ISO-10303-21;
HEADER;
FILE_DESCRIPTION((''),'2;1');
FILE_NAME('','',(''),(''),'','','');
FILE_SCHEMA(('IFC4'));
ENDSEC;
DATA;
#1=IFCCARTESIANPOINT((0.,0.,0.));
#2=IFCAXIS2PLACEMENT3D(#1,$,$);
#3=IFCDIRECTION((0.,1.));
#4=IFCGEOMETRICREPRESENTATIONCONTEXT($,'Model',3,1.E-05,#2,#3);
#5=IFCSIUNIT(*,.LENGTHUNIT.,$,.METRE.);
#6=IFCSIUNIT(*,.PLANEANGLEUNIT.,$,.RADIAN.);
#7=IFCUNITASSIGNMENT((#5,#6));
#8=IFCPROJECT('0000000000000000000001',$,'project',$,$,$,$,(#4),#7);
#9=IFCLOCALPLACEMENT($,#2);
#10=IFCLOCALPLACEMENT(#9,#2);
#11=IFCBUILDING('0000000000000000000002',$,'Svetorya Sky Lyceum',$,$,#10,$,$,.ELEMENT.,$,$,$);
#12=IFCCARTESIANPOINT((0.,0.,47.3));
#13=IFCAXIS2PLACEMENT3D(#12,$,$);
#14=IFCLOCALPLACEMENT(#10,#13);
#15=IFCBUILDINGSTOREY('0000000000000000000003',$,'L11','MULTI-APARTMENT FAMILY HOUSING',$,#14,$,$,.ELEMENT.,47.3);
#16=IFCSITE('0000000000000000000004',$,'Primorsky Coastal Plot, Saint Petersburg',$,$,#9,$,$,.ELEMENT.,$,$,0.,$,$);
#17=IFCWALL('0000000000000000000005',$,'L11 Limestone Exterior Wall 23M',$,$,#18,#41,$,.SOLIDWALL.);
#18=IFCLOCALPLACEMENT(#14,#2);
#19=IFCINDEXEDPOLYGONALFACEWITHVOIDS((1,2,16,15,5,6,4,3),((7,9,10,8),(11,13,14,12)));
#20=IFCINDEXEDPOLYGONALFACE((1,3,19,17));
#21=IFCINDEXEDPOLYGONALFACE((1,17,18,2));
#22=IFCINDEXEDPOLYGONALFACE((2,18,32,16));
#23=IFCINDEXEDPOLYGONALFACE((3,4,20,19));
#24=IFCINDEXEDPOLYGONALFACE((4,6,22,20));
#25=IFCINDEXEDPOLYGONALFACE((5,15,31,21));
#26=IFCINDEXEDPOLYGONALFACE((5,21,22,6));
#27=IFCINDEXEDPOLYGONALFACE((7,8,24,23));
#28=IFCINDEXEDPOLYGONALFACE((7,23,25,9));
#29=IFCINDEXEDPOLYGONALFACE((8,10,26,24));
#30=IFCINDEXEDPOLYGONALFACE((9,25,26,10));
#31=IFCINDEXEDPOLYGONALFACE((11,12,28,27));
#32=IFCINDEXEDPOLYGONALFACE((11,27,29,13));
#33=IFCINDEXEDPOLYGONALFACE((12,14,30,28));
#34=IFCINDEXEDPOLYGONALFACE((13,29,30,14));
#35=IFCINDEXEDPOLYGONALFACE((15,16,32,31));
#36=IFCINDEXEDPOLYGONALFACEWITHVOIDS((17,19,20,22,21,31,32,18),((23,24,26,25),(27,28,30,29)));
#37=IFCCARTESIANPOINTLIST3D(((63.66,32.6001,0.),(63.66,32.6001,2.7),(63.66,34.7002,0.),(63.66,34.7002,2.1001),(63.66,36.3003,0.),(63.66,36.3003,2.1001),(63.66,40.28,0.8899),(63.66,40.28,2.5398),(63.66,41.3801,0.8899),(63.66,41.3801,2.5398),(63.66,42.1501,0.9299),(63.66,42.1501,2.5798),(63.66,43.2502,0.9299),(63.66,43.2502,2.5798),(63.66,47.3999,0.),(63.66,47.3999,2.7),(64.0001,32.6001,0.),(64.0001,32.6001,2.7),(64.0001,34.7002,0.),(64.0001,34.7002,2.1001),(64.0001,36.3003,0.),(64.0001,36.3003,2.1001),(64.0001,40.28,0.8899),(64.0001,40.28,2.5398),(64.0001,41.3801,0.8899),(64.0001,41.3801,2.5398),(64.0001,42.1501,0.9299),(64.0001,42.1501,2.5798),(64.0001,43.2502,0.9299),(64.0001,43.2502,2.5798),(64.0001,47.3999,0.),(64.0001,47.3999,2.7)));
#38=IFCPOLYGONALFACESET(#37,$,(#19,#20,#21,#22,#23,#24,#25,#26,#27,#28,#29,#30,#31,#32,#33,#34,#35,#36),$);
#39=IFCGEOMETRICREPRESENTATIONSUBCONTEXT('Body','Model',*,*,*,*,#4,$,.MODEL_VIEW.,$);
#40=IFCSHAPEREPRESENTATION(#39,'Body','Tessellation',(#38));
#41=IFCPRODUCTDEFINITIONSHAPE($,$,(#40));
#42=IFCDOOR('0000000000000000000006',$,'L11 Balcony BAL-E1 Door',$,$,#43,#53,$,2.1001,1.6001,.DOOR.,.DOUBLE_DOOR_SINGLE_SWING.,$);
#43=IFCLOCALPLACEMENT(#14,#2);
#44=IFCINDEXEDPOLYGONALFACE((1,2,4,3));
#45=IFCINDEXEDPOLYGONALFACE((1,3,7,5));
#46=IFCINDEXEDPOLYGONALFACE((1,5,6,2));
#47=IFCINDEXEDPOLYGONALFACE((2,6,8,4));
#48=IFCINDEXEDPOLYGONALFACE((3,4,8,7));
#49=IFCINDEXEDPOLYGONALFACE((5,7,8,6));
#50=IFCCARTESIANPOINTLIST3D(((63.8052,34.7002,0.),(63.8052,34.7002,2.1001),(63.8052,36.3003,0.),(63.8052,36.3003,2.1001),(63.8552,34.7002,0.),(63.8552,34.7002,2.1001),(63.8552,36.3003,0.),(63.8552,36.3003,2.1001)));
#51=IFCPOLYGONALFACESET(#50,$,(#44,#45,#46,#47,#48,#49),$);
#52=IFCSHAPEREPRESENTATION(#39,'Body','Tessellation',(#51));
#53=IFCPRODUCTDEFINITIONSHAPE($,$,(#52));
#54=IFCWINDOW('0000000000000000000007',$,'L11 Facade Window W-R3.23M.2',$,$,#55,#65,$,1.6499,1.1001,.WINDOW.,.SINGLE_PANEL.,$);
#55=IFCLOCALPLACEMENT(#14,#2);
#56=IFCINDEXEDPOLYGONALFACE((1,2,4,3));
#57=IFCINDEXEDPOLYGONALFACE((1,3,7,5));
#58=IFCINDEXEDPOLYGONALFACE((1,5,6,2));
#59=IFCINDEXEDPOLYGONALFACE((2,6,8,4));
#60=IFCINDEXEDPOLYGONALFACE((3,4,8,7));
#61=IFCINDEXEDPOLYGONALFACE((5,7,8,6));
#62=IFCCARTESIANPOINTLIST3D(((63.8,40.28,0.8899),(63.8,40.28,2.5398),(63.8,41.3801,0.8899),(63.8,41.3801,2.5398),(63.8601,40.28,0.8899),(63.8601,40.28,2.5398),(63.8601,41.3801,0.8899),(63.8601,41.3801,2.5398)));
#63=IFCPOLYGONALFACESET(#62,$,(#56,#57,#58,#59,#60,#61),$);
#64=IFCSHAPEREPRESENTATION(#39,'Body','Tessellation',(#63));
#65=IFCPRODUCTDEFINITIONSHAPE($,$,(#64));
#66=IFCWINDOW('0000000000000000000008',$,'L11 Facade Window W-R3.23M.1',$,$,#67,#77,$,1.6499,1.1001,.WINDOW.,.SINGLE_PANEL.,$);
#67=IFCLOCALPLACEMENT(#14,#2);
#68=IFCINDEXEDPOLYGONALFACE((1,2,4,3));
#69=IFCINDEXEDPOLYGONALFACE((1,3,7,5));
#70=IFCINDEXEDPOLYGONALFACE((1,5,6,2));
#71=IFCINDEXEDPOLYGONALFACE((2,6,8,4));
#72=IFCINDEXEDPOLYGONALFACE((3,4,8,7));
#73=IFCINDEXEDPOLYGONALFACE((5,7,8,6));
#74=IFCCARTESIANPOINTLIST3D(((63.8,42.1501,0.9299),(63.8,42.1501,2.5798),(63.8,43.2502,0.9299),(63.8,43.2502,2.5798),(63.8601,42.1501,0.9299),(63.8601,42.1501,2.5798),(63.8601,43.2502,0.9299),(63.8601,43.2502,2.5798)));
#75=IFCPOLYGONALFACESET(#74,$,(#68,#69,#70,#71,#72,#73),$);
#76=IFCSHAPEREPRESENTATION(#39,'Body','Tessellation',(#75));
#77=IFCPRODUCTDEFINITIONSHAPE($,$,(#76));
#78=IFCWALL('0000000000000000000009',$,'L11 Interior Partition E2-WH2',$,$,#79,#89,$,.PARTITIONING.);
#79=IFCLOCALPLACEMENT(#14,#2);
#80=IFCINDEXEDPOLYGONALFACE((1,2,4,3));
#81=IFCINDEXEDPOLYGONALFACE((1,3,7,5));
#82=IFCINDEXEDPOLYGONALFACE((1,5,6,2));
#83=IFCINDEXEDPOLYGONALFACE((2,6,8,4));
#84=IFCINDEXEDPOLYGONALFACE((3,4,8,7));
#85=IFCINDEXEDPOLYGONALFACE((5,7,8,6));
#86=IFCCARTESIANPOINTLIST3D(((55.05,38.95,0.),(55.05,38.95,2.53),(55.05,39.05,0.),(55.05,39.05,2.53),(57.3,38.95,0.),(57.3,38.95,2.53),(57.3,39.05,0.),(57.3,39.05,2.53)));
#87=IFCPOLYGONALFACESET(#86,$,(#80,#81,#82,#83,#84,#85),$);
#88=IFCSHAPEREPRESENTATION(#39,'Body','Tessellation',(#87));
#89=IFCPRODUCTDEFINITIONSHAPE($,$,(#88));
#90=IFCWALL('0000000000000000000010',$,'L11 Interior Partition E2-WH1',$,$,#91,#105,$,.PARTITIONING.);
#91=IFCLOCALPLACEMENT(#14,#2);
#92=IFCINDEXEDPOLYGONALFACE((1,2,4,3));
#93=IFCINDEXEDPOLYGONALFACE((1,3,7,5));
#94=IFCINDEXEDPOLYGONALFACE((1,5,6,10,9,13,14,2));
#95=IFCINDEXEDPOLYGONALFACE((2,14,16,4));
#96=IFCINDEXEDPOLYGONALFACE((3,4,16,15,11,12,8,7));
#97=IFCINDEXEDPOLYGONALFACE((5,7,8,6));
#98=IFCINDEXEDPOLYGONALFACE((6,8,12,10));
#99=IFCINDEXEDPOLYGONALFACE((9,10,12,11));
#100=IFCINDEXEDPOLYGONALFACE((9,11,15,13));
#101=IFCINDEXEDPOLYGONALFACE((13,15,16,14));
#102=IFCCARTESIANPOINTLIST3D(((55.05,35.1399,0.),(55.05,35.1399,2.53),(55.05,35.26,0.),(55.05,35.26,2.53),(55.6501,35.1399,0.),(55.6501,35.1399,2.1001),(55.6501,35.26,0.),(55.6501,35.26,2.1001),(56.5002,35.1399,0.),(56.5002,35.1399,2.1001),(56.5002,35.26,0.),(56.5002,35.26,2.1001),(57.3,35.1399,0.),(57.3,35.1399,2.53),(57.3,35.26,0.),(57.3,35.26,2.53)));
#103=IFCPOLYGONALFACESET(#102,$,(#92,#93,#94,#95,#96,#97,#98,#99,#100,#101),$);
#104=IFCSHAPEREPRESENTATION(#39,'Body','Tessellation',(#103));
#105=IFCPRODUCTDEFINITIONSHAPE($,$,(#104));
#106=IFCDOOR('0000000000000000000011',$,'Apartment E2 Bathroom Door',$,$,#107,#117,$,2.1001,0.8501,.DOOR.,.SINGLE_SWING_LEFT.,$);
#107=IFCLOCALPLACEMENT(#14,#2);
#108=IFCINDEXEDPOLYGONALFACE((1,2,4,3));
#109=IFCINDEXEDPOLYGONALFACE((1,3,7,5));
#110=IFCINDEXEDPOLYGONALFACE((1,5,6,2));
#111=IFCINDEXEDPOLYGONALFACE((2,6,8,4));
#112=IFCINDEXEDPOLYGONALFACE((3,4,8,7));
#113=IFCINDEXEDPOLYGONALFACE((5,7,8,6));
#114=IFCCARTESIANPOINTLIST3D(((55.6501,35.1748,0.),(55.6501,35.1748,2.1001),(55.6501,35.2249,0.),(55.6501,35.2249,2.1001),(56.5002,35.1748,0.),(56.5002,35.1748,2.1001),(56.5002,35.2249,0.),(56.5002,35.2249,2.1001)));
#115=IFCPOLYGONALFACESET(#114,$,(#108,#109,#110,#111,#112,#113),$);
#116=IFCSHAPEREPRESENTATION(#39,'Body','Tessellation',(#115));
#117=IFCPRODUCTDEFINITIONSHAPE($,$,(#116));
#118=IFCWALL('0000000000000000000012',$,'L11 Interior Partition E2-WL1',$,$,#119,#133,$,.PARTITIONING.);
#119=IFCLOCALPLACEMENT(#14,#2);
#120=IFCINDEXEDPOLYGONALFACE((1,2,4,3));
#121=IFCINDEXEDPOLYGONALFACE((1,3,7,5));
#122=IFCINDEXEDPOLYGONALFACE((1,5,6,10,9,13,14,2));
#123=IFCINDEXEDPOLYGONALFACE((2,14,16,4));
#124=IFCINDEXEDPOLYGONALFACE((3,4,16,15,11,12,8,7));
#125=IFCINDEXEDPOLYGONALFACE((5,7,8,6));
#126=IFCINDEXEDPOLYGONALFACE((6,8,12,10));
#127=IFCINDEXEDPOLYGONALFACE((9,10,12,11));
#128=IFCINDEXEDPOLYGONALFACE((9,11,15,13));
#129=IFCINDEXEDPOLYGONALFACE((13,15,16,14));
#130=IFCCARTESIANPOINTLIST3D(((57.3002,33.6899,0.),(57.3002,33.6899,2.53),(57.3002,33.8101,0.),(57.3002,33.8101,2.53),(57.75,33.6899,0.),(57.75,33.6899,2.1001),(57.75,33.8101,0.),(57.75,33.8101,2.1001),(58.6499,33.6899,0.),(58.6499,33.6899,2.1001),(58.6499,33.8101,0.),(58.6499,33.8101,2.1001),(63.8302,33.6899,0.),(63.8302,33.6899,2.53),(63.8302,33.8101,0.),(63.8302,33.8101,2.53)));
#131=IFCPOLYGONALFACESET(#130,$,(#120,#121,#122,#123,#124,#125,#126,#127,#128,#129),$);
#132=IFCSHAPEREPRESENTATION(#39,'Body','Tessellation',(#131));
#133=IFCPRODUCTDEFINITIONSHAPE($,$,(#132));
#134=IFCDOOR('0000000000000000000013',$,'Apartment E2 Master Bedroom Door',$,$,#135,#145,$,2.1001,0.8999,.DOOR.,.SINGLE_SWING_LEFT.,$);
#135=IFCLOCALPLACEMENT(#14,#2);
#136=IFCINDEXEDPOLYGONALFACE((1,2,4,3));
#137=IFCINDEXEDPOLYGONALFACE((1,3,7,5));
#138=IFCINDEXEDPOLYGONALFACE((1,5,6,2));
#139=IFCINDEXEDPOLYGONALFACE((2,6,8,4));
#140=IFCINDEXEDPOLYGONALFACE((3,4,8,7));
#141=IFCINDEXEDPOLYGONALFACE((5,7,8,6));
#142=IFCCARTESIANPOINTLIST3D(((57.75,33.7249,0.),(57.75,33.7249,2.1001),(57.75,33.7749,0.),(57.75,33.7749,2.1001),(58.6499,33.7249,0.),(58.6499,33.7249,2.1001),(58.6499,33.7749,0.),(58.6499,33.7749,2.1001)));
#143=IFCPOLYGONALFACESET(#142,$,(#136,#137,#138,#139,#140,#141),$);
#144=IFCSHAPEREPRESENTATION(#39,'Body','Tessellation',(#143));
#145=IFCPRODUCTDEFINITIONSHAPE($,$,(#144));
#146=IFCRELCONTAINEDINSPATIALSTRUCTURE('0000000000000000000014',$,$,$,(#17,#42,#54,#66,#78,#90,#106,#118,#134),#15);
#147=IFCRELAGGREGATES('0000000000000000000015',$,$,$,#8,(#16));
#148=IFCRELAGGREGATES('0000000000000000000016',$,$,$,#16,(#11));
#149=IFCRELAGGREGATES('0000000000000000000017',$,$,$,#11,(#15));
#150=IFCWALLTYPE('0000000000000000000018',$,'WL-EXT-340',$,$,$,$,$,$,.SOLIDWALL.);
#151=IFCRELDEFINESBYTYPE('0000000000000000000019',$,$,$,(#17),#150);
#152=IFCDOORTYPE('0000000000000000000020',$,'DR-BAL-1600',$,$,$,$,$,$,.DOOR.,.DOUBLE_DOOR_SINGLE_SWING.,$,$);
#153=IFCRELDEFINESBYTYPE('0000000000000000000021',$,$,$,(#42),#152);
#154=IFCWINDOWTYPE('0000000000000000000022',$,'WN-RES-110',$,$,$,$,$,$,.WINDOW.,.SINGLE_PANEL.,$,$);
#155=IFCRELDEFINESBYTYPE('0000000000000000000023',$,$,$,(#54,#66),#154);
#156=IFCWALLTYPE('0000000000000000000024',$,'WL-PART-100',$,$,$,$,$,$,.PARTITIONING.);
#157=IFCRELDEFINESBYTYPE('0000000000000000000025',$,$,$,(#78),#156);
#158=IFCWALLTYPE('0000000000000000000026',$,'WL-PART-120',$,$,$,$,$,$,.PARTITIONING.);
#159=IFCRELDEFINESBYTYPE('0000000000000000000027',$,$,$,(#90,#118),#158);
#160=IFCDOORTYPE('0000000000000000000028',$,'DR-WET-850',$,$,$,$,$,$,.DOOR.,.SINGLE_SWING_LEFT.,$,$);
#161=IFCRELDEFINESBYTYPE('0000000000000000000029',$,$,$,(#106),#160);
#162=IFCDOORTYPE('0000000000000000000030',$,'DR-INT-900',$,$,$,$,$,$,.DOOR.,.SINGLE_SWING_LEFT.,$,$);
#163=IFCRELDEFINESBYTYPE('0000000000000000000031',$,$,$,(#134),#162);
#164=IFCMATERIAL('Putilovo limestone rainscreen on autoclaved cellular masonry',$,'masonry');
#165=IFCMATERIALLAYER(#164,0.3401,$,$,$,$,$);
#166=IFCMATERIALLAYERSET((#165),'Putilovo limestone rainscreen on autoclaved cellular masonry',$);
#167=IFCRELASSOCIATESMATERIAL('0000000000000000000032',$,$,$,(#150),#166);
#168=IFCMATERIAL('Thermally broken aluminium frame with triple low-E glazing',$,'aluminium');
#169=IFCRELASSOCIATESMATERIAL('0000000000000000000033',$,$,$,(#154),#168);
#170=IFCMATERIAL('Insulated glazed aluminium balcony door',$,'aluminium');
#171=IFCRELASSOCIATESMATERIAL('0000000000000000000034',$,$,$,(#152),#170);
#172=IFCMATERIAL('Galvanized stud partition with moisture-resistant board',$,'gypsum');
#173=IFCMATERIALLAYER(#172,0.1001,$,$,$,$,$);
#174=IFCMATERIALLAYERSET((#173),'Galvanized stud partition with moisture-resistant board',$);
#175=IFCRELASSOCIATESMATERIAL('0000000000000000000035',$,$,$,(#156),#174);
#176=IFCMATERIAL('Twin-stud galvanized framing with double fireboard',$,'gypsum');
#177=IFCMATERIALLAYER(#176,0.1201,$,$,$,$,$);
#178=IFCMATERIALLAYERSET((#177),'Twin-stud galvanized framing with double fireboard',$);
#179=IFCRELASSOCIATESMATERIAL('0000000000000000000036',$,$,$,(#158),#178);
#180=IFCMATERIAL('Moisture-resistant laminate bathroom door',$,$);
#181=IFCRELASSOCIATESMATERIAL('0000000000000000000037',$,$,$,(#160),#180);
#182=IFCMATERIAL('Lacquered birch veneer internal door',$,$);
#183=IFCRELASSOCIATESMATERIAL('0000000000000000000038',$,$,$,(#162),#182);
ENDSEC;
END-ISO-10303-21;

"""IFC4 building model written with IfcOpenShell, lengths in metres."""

from ifc_helpers import new_model, si_unit, direction, frame, frame_2d, origin, place, context, subcontext, project, spatial, rectangle, extrude, material, layer, layer_set, type_object, element, fill, save


model = new_model("IFC4")

# Units and contexts
model_context = context("Model", 3, precision=1e-05, world=origin(), true_north=direction((0.0, 1.0)))
body_context = subcontext(model_context, "Body", "Model", "MODEL_VIEW")
ifc_project = project(units=[si_unit("LENGTHUNIT", "METRE"), si_unit("PLANEANGLEUNIT", "RADIAN")], contexts=[model_context])

# Site, building, storey
site_placement = place(None, origin())
site = spatial("IfcSite", under=ifc_project, at=site_placement, Name="Primorsky Coastal Plot, Saint Petersburg", CompositionType="ELEMENT", RefElevation=0.0)
building_placement = place(site_placement, origin())
building = spatial("IfcBuilding", under=site, at=building_placement, Name="Svetorya Sky Lyceum", CompositionType="ELEMENT")
storey_placement = place(building_placement, frame((0.0, 0.0, 47.3)))
storey = spatial("IfcBuildingStorey", under=building, at=storey_placement, Name="L11", Description="MULTI-APARTMENT FAMILY HOUSING", CompositionType="ELEMENT", Elevation=47.3)

# Shared definitions
ifc_material_1 = material(Name="Putilovo limestone rainscreen on autoclaved cellular masonry", Category="masonry")
ifc_layer_1 = layer(ifc_material_1, 0.3401)
ifc_layer_set_1 = layer_set([ifc_layer_1], Name="Putilovo limestone rainscreen on autoclaved cellular masonry")
wall_type_1 = type_object("IfcWallType", Name="WL-EXT-340", PredefinedType="SOLIDWALL", material=ifc_layer_set_1)

# Shared definitions
ifc_material_2 = material(Name="Thermally broken aluminium frame with triple low-E glazing", Category="aluminium")
window_type = type_object("IfcWindowType", Name="WN-RES-110", PartitioningType="SINGLE_PANEL", PredefinedType="WINDOW", material=ifc_material_2)

# Wall, openings, door, windows
wall_1_placement = place(storey_placement, frame((63.8301, 32.6001, 0.0), z_axis=(0.0, 0.0, 1.0), x_axis=(0.0, 1.0, 0.0)))
wall_1 = element("IfcWall", 1, at=wall_1_placement, inside=storey, type_object=wall_type_1, Name="L11 Limestone Exterior Wall 23M", PredefinedType="SOLIDWALL", context=body_context, shape_type="SweptSolid", body=[
    extrude(rectangle(XDim=14.7998, YDim=0.3401, at=frame_2d((7.3999, 0.0))), origin(), (0.0, 0.0, 1.0), 2.7),
])
opening_1_placement = place(wall_1_placement, frame((2.1001, 0.0, 0.0)))
opening_1 = element("IfcOpeningElement", 2, at=opening_1_placement, cuts=wall_1, PredefinedType="OPENING", context=body_context, shape_type="SweptSolid", body=[
    extrude(rectangle(XDim=1.6001, YDim=2.1001, at=frame_2d((0.8, 1.05))), frame((0.0, 0.1799, 0.0), z_axis=(0.0, -1.0, 0.0), x_axis=(1.0, 0.0, 0.0)), (0.0, 0.0, 1.0), 0.3601),
])
opening_2_placement = place(wall_1_placement, frame((7.6799, 0.0, 0.8899)))
opening_2 = element("IfcOpeningElement", 3, at=opening_2_placement, cuts=wall_1, PredefinedType="OPENING", context=body_context, shape_type="SweptSolid", body=[
    extrude(rectangle(XDim=1.1001, YDim=1.6499, at=frame_2d((0.55, 0.825))), frame((0.0, 0.1799, 0.0), z_axis=(0.0, -1.0, 0.0), x_axis=(1.0, 0.0, 0.0)), (0.0, 0.0, 1.0), 0.3601),
])
opening_3_placement = place(wall_1_placement, frame((9.55, 0.0, 0.9299)))
opening_3 = element("IfcOpeningElement", 4, at=opening_3_placement, cuts=wall_1, PredefinedType="OPENING", context=body_context, shape_type="SweptSolid", body=[
    extrude(rectangle(XDim=1.1001, YDim=1.6499, at=frame_2d((0.55, 0.825))), frame((0.0, 0.1799, 0.0), z_axis=(0.0, -1.0, 0.0), x_axis=(1.0, 0.0, 0.0)), (0.0, 0.0, 1.0), 0.3601),
])
ifc_material_3 = material(Name="Insulated glazed aluminium balcony door", Category="aluminium")
door_type_1 = type_object("IfcDoorType", Name="DR-BAL-1600", OperationType="DOUBLE_DOOR_SINGLE_SWING", PredefinedType="DOOR", material=ifc_material_3)
door_1_placement = place(opening_1_placement, origin())
door_1 = element("IfcDoor", 5, at=door_1_placement, inside=storey, type_object=door_type_1, Name="L11 Balcony BAL-E1 Door", OperationType="DOUBLE_DOOR_SINGLE_SWING", OverallHeight=2.1001, OverallWidth=1.6001, PredefinedType="DOOR", context=body_context, shape_type="SweptSolid", body=[
    extrude(rectangle(XDim=1.6001, YDim=2.1001, at=frame_2d((0.8, 1.05))), frame((0.0, 0.0249, 0.0), z_axis=(0.0, -1.0, 0.0), x_axis=(1.0, 0.0, 0.0)), (0.0, 0.0, 1.0), 0.05),
])
fill(opening_1, door_1)
window_1_placement = place(opening_2_placement, origin())
window_1 = element("IfcWindow", 6, at=window_1_placement, inside=storey, type_object=window_type, Name="L11 Facade Window W-R3.23M.2", OverallHeight=1.6499, OverallWidth=1.1001, PartitioningType="SINGLE_PANEL", PredefinedType="WINDOW", context=body_context, shape_type="SweptSolid", body=[
    extrude(rectangle(XDim=1.1001, YDim=1.6499, at=frame_2d((0.55, 0.825))), frame((0.0, 0.03, 0.0), z_axis=(0.0, -1.0, 0.0), x_axis=(1.0, 0.0, 0.0)), (0.0, 0.0, 1.0), 0.0601),
])
fill(opening_2, window_1)
window_2_placement = place(opening_3_placement, origin())
window_2 = element("IfcWindow", 7, at=window_2_placement, inside=storey, type_object=window_type, Name="L11 Facade Window W-R3.23M.1", OverallHeight=1.6499, OverallWidth=1.1001, PartitioningType="SINGLE_PANEL", PredefinedType="WINDOW", context=body_context, shape_type="SweptSolid", body=[
    extrude(rectangle(XDim=1.1001, YDim=1.6499, at=frame_2d((0.55, 0.825))), frame((0.0, 0.03, 0.0), z_axis=(0.0, -1.0, 0.0), x_axis=(1.0, 0.0, 0.0)), (0.0, 0.0, 1.0), 0.0601),
])
fill(opening_3, window_2)

# Wall
ifc_material_4 = material(Name="Galvanized stud partition with moisture-resistant board", Category="gypsum")
ifc_layer_2 = layer(ifc_material_4, 0.1001)
ifc_layer_set_2 = layer_set([ifc_layer_2], Name="Galvanized stud partition with moisture-resistant board")
wall_type_2 = type_object("IfcWallType", Name="WL-PART-100", PredefinedType="PARTITIONING", material=ifc_layer_set_2)
wall_2_placement = place(storey_placement, frame((55.05, 39.0, 0.0), z_axis=(0.0, 0.0, 1.0), x_axis=(1.0, 0.0, 0.0)))
element("IfcWall", 8, at=wall_2_placement, inside=storey, type_object=wall_type_2, Name="L11 Interior Partition E2-WH2", PredefinedType="PARTITIONING", context=body_context, shape_type="SweptSolid", body=[
    extrude(rectangle(XDim=2.25, YDim=0.1001, at=frame_2d((1.125, 0.0))), origin(), (0.0, 0.0, 1.0), 2.53),
])

# Walls, openings, doors
ifc_material_5 = material(Name="Twin-stud galvanized framing with double fireboard", Category="gypsum")
ifc_layer_3 = layer(ifc_material_5, 0.1201)
ifc_layer_set_3 = layer_set([ifc_layer_3], Name="Twin-stud galvanized framing with double fireboard")
wall_type_3 = type_object("IfcWallType", Name="WL-PART-120", PredefinedType="PARTITIONING", material=ifc_layer_set_3)
wall_3_placement = place(storey_placement, frame((55.05, 35.2, 0.0), z_axis=(0.0, 0.0, 1.0), x_axis=(1.0, 0.0, 0.0)))
wall_3 = element("IfcWall", 9, at=wall_3_placement, inside=storey, type_object=wall_type_3, Name="L11 Interior Partition E2-WH1", PredefinedType="PARTITIONING", context=body_context, shape_type="SweptSolid", body=[
    extrude(rectangle(XDim=2.25, YDim=0.1201, at=frame_2d((1.125, 0.0))), origin(), (0.0, 0.0, 1.0), 2.53),
])
opening_4_placement = place(wall_3_placement, frame((0.6001, 0.0, 0.0)))
opening_4 = element("IfcOpeningElement", 10, at=opening_4_placement, cuts=wall_3, PredefinedType="OPENING", context=body_context, shape_type="SweptSolid", body=[
    extrude(rectangle(XDim=0.8501, YDim=2.1001, at=frame_2d((0.425, 1.05))), frame((0.0, 0.0701, 0.0), z_axis=(0.0, -1.0, 0.0), x_axis=(1.0, 0.0, 0.0)), (0.0, 0.0, 1.0), 0.1401),
])
ifc_material_6 = material(Name="Moisture-resistant laminate bathroom door")
door_type_2 = type_object("IfcDoorType", Name="DR-WET-850", OperationType="SINGLE_SWING_LEFT", PredefinedType="DOOR", material=ifc_material_6)
door_2_placement = place(opening_4_placement, origin())
door_2 = element("IfcDoor", 11, at=door_2_placement, inside=storey, type_object=door_type_2, Name="Apartment E2 Bathroom Door", OperationType="SINGLE_SWING_LEFT", OverallHeight=2.1001, OverallWidth=0.8501, PredefinedType="DOOR", context=body_context, shape_type="SweptSolid", body=[
    extrude(rectangle(XDim=0.8501, YDim=2.1001, at=frame_2d((0.425, 1.05))), frame((0.0, 0.0249, 0.0), z_axis=(0.0, -1.0, 0.0), x_axis=(1.0, 0.0, 0.0)), (0.0, 0.0, 1.0), 0.05),
])
fill(opening_4, door_2)
wall_4_placement = place(storey_placement, frame((57.3, 33.75, 0.0), z_axis=(0.0, 0.0, 1.0), x_axis=(1.0, 0.0, 0.0)))
wall_4 = element("IfcWall", 12, at=wall_4_placement, inside=storey, type_object=wall_type_3, Name="L11 Interior Partition E2-WL1", PredefinedType="PARTITIONING", context=body_context, shape_type="SweptSolid", body=[
    extrude(rectangle(XDim=6.53, YDim=0.1201, at=frame_2d((3.2651, 0.0))), origin(), (0.0, 0.0, 1.0), 2.53),
])
opening_5_placement = place(wall_4_placement, frame((0.45, 0.0, 0.0)))
opening_5 = element("IfcOpeningElement", 13, at=opening_5_placement, cuts=wall_4, PredefinedType="OPENING", context=body_context, shape_type="SweptSolid", body=[
    extrude(rectangle(XDim=0.8999, YDim=2.1001, at=frame_2d((0.45, 1.05))), frame((0.0, 0.0701, 0.0), z_axis=(0.0, -1.0, 0.0), x_axis=(1.0, 0.0, 0.0)), (0.0, 0.0, 1.0), 0.1401),
])
ifc_material_7 = material(Name="Lacquered birch veneer internal door")
door_type_3 = type_object("IfcDoorType", Name="DR-INT-900", OperationType="SINGLE_SWING_LEFT", PredefinedType="DOOR", material=ifc_material_7)
door_3_placement = place(opening_5_placement, origin())
door_3 = element("IfcDoor", 14, at=door_3_placement, inside=storey, type_object=door_type_3, Name="Apartment E2 Master Bedroom Door", OperationType="SINGLE_SWING_LEFT", OverallHeight=2.1001, OverallWidth=0.8999, PredefinedType="DOOR", context=body_context, shape_type="SweptSolid", body=[
    extrude(rectangle(XDim=0.8999, YDim=2.1001, at=frame_2d((0.45, 1.05))), frame((0.0, 0.0249, 0.0), z_axis=(0.0, -1.0, 0.0), x_axis=(1.0, 0.0, 0.0)), (0.0, 0.0, 1.0), 0.05),
])
fill(opening_5, door_3)

save(model, "model.ifc")
